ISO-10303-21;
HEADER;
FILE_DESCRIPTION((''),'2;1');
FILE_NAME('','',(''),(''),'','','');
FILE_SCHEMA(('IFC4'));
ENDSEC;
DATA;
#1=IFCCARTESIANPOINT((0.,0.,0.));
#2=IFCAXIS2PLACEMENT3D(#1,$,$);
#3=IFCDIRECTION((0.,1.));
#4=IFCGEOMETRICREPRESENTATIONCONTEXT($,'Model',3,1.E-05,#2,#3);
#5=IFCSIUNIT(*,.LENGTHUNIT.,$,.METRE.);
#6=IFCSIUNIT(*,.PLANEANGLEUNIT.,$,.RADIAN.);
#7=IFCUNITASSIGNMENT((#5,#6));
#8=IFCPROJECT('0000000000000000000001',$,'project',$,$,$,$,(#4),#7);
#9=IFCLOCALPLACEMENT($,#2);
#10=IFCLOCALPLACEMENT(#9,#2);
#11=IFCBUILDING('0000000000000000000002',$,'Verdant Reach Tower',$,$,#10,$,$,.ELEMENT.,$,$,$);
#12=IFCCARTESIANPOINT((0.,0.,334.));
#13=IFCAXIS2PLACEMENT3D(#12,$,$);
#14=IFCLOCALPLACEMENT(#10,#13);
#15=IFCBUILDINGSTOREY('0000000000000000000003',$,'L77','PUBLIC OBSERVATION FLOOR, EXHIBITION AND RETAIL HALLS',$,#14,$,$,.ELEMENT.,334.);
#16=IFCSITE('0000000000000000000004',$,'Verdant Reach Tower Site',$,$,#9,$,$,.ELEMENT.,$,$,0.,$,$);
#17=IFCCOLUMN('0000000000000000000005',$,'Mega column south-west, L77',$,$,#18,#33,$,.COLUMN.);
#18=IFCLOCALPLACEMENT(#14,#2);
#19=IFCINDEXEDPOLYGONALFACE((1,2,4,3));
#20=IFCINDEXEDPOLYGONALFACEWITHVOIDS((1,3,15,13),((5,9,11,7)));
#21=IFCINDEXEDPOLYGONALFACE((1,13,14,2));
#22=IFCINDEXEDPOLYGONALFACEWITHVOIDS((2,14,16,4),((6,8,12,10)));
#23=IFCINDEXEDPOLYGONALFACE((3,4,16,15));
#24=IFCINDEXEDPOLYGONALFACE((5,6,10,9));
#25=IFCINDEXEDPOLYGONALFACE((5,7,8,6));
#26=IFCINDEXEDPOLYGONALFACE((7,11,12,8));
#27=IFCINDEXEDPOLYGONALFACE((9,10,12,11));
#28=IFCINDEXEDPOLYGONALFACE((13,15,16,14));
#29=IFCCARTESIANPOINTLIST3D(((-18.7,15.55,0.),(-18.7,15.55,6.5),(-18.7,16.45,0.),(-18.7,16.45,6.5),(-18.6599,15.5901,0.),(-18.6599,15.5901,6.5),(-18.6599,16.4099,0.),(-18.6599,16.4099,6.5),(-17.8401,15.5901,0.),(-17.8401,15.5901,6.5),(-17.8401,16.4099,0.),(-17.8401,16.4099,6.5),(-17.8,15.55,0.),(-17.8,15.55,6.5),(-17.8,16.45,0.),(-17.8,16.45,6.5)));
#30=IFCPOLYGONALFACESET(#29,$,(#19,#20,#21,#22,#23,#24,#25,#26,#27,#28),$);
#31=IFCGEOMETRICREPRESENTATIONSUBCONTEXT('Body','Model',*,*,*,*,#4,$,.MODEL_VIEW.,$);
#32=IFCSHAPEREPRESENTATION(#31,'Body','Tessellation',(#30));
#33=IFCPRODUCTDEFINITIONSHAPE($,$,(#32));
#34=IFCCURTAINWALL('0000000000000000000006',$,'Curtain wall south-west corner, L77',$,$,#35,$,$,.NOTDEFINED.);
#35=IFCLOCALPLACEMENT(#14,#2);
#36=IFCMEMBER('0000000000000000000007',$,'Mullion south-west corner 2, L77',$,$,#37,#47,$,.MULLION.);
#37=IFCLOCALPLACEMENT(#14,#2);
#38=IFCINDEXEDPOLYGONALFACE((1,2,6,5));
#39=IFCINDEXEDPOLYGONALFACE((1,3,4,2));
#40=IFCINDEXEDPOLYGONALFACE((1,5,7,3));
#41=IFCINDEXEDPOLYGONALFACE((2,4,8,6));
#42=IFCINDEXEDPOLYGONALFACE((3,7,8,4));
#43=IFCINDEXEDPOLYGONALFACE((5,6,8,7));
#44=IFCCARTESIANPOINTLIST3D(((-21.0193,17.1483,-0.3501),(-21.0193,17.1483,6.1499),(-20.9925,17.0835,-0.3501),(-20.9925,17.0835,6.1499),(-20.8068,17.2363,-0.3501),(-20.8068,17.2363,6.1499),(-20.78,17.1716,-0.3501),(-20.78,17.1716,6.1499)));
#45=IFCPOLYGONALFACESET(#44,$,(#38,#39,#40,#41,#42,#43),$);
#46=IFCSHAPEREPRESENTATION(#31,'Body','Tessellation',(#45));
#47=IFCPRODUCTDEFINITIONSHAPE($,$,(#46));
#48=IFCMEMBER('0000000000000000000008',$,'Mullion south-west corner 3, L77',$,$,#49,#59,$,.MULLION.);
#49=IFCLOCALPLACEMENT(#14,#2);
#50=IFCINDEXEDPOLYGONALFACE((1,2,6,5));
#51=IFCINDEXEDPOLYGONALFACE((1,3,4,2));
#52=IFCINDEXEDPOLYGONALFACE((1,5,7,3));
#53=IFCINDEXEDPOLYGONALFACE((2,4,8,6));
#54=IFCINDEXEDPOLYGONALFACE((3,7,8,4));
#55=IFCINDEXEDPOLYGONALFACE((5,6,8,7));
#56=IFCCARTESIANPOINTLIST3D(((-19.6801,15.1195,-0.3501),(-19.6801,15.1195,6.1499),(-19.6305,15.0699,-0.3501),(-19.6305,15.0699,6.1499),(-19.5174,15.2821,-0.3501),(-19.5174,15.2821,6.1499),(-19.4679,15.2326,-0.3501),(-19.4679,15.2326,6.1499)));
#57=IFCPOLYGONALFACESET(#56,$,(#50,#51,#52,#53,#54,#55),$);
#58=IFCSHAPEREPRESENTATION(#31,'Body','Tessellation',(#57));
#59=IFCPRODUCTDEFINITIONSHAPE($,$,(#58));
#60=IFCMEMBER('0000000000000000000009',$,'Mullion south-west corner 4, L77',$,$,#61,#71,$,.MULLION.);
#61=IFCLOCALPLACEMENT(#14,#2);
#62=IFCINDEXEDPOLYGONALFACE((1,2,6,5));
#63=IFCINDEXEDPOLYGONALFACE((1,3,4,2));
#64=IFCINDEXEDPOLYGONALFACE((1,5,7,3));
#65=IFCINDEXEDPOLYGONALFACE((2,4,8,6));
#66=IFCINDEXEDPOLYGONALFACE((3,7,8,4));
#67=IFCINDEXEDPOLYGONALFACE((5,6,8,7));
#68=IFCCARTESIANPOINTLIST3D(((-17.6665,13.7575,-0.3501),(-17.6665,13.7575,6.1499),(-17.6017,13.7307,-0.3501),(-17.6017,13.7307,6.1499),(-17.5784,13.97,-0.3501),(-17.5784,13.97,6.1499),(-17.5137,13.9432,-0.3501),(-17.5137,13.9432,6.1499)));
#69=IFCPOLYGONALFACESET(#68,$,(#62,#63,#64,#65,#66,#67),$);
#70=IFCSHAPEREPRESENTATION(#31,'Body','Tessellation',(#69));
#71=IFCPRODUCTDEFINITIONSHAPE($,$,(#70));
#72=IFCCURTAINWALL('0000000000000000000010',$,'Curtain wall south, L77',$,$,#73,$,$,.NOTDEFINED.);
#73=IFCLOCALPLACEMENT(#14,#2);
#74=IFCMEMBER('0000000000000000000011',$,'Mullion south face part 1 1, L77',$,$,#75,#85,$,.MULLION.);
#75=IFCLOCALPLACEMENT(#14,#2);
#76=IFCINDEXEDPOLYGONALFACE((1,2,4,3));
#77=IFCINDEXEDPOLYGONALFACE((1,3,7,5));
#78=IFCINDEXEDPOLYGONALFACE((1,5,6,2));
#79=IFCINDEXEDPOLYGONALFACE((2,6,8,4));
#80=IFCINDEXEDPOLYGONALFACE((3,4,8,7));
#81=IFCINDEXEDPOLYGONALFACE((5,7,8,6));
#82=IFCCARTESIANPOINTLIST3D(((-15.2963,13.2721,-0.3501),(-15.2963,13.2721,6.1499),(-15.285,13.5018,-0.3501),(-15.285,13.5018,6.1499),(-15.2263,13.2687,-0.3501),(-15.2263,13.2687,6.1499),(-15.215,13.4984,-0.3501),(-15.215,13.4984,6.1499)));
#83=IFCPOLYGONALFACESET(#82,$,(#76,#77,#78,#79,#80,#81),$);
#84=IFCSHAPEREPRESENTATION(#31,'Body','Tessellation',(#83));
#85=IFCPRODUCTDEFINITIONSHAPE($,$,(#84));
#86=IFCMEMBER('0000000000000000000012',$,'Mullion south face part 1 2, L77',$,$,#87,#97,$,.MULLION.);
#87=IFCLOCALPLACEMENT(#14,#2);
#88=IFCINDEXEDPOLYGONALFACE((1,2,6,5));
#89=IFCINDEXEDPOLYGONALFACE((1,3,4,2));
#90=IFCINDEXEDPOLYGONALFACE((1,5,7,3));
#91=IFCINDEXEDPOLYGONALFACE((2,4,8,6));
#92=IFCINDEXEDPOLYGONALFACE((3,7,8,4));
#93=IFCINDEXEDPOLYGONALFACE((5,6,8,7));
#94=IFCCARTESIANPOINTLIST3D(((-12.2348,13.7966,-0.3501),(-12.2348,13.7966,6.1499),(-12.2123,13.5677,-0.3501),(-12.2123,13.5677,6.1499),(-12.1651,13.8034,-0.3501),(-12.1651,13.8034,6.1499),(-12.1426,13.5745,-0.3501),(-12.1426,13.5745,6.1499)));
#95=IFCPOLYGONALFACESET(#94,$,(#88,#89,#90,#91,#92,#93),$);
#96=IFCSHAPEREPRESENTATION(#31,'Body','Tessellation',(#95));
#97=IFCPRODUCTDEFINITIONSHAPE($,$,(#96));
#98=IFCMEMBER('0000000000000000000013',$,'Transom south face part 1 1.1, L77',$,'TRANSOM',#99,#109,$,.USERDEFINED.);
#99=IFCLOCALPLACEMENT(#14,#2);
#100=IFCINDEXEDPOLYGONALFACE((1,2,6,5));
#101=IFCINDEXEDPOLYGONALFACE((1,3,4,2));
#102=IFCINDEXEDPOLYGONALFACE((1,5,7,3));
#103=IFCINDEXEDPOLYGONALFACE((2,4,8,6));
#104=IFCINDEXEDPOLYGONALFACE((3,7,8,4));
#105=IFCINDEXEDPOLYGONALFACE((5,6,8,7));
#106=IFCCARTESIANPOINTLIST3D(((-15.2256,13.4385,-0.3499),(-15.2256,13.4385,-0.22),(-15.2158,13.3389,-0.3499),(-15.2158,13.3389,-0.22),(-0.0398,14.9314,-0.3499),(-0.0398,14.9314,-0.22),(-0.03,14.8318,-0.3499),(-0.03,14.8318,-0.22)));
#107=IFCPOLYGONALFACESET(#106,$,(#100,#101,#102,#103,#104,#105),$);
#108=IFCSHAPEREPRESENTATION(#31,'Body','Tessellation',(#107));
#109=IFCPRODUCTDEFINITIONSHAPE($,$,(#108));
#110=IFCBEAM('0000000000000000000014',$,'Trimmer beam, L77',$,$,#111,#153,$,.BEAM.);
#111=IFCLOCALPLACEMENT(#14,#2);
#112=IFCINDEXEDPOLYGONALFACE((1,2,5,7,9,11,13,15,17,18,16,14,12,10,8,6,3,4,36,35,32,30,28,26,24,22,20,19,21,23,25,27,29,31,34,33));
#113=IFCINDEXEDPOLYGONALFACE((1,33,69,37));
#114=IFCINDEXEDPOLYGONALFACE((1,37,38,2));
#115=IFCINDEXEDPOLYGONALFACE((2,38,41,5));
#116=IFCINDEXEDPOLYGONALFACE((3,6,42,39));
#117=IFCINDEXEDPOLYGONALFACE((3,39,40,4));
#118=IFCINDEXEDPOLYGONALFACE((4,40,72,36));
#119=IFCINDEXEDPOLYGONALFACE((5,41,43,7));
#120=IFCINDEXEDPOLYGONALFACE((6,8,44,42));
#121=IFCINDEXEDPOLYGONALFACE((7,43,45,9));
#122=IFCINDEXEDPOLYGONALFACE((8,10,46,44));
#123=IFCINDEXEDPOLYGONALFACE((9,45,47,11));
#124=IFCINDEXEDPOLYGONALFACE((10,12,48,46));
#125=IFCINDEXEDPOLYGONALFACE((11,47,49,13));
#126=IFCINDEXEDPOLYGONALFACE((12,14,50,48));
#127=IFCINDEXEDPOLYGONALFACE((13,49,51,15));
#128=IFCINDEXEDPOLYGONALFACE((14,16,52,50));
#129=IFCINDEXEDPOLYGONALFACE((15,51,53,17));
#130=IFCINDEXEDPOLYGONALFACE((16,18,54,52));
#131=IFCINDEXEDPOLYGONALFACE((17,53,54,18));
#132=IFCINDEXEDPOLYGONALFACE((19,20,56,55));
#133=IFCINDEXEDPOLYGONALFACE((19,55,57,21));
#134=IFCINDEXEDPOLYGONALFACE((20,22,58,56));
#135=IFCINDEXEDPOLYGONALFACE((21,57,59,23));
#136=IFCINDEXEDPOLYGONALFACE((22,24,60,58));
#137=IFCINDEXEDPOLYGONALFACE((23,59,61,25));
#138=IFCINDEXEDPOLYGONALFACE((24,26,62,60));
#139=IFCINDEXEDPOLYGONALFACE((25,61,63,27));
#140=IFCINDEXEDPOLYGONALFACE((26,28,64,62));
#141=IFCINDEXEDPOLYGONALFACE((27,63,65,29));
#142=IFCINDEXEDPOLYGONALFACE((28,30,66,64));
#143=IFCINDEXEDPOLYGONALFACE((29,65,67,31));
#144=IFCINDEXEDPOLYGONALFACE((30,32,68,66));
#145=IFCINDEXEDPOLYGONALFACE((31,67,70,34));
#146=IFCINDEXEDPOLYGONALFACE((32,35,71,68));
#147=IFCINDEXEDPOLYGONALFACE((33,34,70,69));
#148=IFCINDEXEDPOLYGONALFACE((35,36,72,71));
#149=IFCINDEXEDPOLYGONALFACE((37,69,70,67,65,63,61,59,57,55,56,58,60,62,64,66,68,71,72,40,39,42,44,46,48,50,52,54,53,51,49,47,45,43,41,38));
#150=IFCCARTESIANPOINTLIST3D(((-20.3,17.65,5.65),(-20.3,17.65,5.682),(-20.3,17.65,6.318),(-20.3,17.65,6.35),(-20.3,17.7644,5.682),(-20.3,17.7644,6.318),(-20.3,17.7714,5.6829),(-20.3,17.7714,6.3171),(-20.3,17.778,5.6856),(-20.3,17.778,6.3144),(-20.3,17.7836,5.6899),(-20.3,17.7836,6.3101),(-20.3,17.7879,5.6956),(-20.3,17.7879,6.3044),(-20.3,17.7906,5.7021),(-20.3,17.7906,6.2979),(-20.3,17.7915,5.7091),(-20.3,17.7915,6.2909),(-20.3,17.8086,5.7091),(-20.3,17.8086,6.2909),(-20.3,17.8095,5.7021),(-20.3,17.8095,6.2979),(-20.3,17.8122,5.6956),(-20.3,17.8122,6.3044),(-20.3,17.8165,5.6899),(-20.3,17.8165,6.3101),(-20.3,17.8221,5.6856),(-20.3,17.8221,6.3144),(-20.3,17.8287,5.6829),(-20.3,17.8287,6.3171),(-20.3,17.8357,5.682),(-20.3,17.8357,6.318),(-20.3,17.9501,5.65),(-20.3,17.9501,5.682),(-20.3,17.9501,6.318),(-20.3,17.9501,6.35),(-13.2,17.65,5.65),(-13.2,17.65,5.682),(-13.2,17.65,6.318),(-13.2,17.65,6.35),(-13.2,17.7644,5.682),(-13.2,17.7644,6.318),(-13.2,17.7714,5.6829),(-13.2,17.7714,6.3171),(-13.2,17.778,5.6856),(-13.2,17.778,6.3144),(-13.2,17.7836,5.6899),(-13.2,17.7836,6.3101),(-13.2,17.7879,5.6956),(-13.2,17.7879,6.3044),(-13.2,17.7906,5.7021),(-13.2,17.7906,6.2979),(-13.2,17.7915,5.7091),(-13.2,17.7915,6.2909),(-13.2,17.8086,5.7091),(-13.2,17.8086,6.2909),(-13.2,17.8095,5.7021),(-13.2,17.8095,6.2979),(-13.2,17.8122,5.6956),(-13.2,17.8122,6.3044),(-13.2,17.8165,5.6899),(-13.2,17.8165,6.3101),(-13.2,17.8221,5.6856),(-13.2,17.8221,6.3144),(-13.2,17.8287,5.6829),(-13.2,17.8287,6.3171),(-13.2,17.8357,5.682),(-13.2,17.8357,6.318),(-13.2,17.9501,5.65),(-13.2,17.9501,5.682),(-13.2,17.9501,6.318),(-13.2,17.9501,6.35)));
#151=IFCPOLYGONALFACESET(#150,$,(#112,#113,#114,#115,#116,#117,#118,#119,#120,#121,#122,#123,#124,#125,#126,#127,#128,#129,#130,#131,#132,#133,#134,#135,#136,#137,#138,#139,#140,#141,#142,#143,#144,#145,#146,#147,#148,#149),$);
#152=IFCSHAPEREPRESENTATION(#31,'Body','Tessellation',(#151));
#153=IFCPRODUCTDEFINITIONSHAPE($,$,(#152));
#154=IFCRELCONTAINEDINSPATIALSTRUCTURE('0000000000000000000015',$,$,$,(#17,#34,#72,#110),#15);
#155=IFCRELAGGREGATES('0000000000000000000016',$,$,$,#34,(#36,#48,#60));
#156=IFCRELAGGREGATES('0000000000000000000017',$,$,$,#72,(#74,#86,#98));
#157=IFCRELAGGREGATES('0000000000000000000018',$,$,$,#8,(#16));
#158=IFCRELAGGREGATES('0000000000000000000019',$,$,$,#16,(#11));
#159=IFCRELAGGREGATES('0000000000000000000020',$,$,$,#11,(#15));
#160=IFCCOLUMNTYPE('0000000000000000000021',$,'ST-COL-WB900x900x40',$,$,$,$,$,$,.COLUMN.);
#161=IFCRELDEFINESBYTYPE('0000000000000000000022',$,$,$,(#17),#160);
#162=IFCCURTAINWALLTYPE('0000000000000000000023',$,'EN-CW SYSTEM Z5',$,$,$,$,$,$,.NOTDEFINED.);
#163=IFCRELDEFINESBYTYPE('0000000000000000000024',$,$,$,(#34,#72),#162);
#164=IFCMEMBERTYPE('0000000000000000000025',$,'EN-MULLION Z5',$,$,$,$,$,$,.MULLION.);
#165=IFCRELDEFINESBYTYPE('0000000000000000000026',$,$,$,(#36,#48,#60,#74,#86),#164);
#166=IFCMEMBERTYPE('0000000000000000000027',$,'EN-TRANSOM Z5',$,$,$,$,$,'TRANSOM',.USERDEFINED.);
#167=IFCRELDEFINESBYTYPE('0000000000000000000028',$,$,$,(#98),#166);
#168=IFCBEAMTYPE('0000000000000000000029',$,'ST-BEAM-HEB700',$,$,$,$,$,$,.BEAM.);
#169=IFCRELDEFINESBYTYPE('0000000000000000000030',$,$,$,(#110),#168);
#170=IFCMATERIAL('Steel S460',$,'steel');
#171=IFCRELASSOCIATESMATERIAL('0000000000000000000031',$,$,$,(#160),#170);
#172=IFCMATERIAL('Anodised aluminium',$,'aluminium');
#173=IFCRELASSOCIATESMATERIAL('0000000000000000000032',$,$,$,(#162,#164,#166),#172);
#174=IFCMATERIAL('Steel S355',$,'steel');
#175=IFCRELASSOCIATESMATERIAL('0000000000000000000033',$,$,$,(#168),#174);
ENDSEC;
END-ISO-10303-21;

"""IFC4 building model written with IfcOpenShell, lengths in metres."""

from ifc_helpers import new_model, si_unit, direction, frame, origin, origin_2d, place, context, subcontext, project, spatial, rectangle, hollow_rectangle, i_section, extrude, material, material_profile, profile_set, type_object, element, aggregate, save


model = new_model("IFC4")

# Units and contexts
model_context = context("Model", 3, precision=1e-05, world=origin(), true_north=direction((0.0, 1.0)))
body_context = subcontext(model_context, "Body", "Model", "MODEL_VIEW")
ifc_project = project(units=[si_unit("LENGTHUNIT", "METRE"), si_unit("PLANEANGLEUNIT", "RADIAN")], contexts=[model_context])

# Site, building, storey
site_placement = place(None, origin())
site = spatial("IfcSite", under=ifc_project, at=site_placement, Name="Verdant Reach Tower Site", CompositionType="ELEMENT", RefElevation=0.0)
building_placement = place(site_placement, origin())
building = spatial("IfcBuilding", under=site, at=building_placement, Name="Verdant Reach Tower", CompositionType="ELEMENT")
storey_placement = place(building_placement, frame((0.0, 0.0, 334.0)))
storey = spatial("IfcBuildingStorey", under=building, at=storey_placement, Name="L77", Description="PUBLIC OBSERVATION FLOOR, EXHIBITION AND RETAIL HALLS", CompositionType="ELEMENT", Elevation=334.0)

# Column
ifc_material_1 = material(Name="Steel S460", Category="steel")
ifc_material_profile_1 = material_profile(ifc_material_1, hollow_rectangle(XDim=0.8999, YDim=0.8999, WallThickness=0.04, at=origin_2d()), Name="WB 900x900x40")
ifc_profile_set_1 = profile_set([ifc_material_profile_1], Name="Steel S460")
column_type = type_object("IfcColumnType", Name="ST-COL-WB900x900x40", PredefinedType="COLUMN", material=ifc_profile_set_1)
column_placement = place(storey_placement, frame((-18.25, 16.0, 0.0), z_axis=(0.0, 0.0, 1.0), x_axis=(1.0, 0.0, 0.0)))
element("IfcColumn", 1, at=column_placement, inside=storey, type_object=column_type, Name="Mega column south-west, L77", PredefinedType="COLUMN", context=body_context, shape_type="SweptSolid", body=[
    extrude(hollow_rectangle(XDim=0.8999, YDim=0.8999, WallThickness=0.04, at=origin_2d()), origin(), (0.0, 0.0, 1.0), 6.5),
])

# Curtain walls, members
ifc_material_2 = material(Name="Anodised aluminium", Category="aluminium")
curtain_wall_type = type_object("IfcCurtainWallType", Name="EN-CW SYSTEM Z5", PredefinedType="NOTDEFINED", material=ifc_material_2)
curtain_wall_1_placement = place(storey_placement, origin())
curtain_wall_1 = element("IfcCurtainWall", 2, at=curtain_wall_1_placement, inside=storey, type_object=curtain_wall_type, Name="Curtain wall south-west corner, L77", PredefinedType="NOTDEFINED")
ifc_material_profile_2 = material_profile(ifc_material_2, rectangle(XDim=0.23, YDim=0.0701, at=origin_2d()), Name="Mullion 70x230")
ifc_profile_set_2 = profile_set([ifc_material_profile_2], Name="Anodised aluminium")
member_type_1 = type_object("IfcMemberType", Name="EN-MULLION Z5", PredefinedType="MULLION", material=ifc_profile_set_2)
member_1_placement = place(storey_placement, frame((-20.8997, 17.1599, -0.3501), z_axis=(0.0, 0.0, 1.0), x_axis=(-0.923875, -0.382694, 0.0)))
member_1 = element("IfcMember", 3, at=member_1_placement, type_object=member_type_1, Name="Mullion south-west corner 2, L77", PredefinedType="MULLION", context=body_context, shape_type="SweptSolid", body=[
    extrude(rectangle(XDim=0.23, YDim=0.0701, at=origin_2d()), origin(), (0.0, 0.0, 1.0), 6.5),
])
member_2_placement = place(storey_placement, frame((-19.574, 15.176, -0.3501), z_axis=(0.0, 0.0, 1.0), x_axis=(-0.707107, -0.707107, 0.0)))
member_2 = element("IfcMember", 4, at=member_2_placement, type_object=member_type_1, Name="Mullion south-west corner 3, L77", PredefinedType="MULLION", context=body_context, shape_type="SweptSolid", body=[
    extrude(rectangle(XDim=0.23, YDim=0.0701, at=origin_2d()), origin(), (0.0, 0.0, 1.0), 6.5),
])
member_3_placement = place(storey_placement, frame((-17.5901, 13.8503, -0.3501), z_axis=(0.0, 0.0, 1.0), x_axis=(-0.382694, -0.923875, 0.0)))
member_3 = element("IfcMember", 5, at=member_3_placement, type_object=member_type_1, Name="Mullion south-west corner 4, L77", PredefinedType="MULLION", context=body_context, shape_type="SweptSolid", body=[
    extrude(rectangle(XDim=0.23, YDim=0.0701, at=origin_2d()), origin(), (0.0, 0.0, 1.0), 6.5),
])
curtain_wall_2_placement = place(storey_placement, origin())
curtain_wall_2 = element("IfcCurtainWall", 6, at=curtain_wall_2_placement, inside=storey, type_object=curtain_wall_type, Name="Curtain wall south, L77", PredefinedType="NOTDEFINED")
member_4_placement = place(storey_placement, frame((-15.2556, 13.3853, -0.3501), z_axis=(0.0, 0.0, 1.0), x_axis=(-0.049128, -0.998793, 0.0)))
member_4 = element("IfcMember", 7, at=member_4_placement, type_object=member_type_1, Name="Mullion south face part 1 1, L77", PredefinedType="MULLION", context=body_context, shape_type="SweptSolid", body=[
    extrude(rectangle(XDim=0.23, YDim=0.0701, at=origin_2d()), origin(), (0.0, 0.0, 1.0), 6.5),
])
member_5_placement = place(storey_placement, frame((-12.1887, 13.6855, -0.3501), z_axis=(0.0, 0.0, 1.0), x_axis=(0.097888, -0.995197, 0.0)))
member_5 = element("IfcMember", 8, at=member_5_placement, type_object=member_type_1, Name="Mullion south face part 1 2, L77", PredefinedType="MULLION", context=body_context, shape_type="SweptSolid", body=[
    extrude(rectangle(XDim=0.23, YDim=0.0701, at=origin_2d()), origin(), (0.0, 0.0, 1.0), 6.5),
])
ifc_material_profile_3 = material_profile(ifc_material_2, rectangle(XDim=0.1001, YDim=0.1299, at=origin_2d()), Name="Transom 130x100")
ifc_profile_set_3 = profile_set([ifc_material_profile_3], Name="Anodised aluminium")
member_type_2 = type_object("IfcMemberType", Name="EN-TRANSOM Z5", ElementType="TRANSOM", PredefinedType="USERDEFINED", material=ifc_profile_set_3)
member_6_placement = place(storey_placement, frame((-15.2207, 13.3887, -0.2849), z_axis=(0.995202, 0.097839, 0.0), x_axis=(-0.097839, 0.995202, 0.0)))
member_6 = element("IfcMember", 9, at=member_6_placement, type_object=member_type_2, Name="Transom south face part 1 1.1, L77", ObjectType="TRANSOM", PredefinedType="USERDEFINED", context=body_context, shape_type="SweptSolid", body=[
    extrude(rectangle(XDim=0.1001, YDim=0.1299, at=origin_2d()), origin(), (0.0, 0.0, 1.0), 15.259),
])

# Beam
ifc_material_3 = material(Name="Steel S355", Category="steel")
ifc_material_profile_4 = material_profile(ifc_material_3, i_section(OverallWidth=0.3, OverallDepth=0.7, WebThickness=0.0171, FlangeThickness=0.032, FilletRadius=0.0271, at=origin_2d()), Name="HEB 700")
ifc_profile_set_4 = profile_set([ifc_material_profile_4], Name="Steel S355")
beam_type_1 = type_object("IfcBeamType", Name="ST-BEAM-HEB700", PredefinedType="BEAM", material=ifc_profile_set_4)
beam_1_placement = place(storey_placement, frame((-13.2, 17.8, 6.0), z_axis=(-1.0, 0.0, 0.0), x_axis=(0.0, -1.0, 0.0)))
element("IfcBeam", 10, at=beam_1_placement, inside=storey, type_object=beam_type_1, Name="Trimmer beam, L77", PredefinedType="BEAM", context=body_context, shape_type="SweptSolid", body=[
    extrude(i_section(OverallWidth=0.3, OverallDepth=0.7, WebThickness=0.0171, FlangeThickness=0.032, FilletRadius=0.0271, at=origin_2d()), origin(), (0.0, 0.0, 1.0), 7.1001),
])

aggregate(curtain_wall_1, [member_1, member_2, member_3])
aggregate(curtain_wall_2, [member_4, member_5, member_6])

save(model, "model.ifc")
